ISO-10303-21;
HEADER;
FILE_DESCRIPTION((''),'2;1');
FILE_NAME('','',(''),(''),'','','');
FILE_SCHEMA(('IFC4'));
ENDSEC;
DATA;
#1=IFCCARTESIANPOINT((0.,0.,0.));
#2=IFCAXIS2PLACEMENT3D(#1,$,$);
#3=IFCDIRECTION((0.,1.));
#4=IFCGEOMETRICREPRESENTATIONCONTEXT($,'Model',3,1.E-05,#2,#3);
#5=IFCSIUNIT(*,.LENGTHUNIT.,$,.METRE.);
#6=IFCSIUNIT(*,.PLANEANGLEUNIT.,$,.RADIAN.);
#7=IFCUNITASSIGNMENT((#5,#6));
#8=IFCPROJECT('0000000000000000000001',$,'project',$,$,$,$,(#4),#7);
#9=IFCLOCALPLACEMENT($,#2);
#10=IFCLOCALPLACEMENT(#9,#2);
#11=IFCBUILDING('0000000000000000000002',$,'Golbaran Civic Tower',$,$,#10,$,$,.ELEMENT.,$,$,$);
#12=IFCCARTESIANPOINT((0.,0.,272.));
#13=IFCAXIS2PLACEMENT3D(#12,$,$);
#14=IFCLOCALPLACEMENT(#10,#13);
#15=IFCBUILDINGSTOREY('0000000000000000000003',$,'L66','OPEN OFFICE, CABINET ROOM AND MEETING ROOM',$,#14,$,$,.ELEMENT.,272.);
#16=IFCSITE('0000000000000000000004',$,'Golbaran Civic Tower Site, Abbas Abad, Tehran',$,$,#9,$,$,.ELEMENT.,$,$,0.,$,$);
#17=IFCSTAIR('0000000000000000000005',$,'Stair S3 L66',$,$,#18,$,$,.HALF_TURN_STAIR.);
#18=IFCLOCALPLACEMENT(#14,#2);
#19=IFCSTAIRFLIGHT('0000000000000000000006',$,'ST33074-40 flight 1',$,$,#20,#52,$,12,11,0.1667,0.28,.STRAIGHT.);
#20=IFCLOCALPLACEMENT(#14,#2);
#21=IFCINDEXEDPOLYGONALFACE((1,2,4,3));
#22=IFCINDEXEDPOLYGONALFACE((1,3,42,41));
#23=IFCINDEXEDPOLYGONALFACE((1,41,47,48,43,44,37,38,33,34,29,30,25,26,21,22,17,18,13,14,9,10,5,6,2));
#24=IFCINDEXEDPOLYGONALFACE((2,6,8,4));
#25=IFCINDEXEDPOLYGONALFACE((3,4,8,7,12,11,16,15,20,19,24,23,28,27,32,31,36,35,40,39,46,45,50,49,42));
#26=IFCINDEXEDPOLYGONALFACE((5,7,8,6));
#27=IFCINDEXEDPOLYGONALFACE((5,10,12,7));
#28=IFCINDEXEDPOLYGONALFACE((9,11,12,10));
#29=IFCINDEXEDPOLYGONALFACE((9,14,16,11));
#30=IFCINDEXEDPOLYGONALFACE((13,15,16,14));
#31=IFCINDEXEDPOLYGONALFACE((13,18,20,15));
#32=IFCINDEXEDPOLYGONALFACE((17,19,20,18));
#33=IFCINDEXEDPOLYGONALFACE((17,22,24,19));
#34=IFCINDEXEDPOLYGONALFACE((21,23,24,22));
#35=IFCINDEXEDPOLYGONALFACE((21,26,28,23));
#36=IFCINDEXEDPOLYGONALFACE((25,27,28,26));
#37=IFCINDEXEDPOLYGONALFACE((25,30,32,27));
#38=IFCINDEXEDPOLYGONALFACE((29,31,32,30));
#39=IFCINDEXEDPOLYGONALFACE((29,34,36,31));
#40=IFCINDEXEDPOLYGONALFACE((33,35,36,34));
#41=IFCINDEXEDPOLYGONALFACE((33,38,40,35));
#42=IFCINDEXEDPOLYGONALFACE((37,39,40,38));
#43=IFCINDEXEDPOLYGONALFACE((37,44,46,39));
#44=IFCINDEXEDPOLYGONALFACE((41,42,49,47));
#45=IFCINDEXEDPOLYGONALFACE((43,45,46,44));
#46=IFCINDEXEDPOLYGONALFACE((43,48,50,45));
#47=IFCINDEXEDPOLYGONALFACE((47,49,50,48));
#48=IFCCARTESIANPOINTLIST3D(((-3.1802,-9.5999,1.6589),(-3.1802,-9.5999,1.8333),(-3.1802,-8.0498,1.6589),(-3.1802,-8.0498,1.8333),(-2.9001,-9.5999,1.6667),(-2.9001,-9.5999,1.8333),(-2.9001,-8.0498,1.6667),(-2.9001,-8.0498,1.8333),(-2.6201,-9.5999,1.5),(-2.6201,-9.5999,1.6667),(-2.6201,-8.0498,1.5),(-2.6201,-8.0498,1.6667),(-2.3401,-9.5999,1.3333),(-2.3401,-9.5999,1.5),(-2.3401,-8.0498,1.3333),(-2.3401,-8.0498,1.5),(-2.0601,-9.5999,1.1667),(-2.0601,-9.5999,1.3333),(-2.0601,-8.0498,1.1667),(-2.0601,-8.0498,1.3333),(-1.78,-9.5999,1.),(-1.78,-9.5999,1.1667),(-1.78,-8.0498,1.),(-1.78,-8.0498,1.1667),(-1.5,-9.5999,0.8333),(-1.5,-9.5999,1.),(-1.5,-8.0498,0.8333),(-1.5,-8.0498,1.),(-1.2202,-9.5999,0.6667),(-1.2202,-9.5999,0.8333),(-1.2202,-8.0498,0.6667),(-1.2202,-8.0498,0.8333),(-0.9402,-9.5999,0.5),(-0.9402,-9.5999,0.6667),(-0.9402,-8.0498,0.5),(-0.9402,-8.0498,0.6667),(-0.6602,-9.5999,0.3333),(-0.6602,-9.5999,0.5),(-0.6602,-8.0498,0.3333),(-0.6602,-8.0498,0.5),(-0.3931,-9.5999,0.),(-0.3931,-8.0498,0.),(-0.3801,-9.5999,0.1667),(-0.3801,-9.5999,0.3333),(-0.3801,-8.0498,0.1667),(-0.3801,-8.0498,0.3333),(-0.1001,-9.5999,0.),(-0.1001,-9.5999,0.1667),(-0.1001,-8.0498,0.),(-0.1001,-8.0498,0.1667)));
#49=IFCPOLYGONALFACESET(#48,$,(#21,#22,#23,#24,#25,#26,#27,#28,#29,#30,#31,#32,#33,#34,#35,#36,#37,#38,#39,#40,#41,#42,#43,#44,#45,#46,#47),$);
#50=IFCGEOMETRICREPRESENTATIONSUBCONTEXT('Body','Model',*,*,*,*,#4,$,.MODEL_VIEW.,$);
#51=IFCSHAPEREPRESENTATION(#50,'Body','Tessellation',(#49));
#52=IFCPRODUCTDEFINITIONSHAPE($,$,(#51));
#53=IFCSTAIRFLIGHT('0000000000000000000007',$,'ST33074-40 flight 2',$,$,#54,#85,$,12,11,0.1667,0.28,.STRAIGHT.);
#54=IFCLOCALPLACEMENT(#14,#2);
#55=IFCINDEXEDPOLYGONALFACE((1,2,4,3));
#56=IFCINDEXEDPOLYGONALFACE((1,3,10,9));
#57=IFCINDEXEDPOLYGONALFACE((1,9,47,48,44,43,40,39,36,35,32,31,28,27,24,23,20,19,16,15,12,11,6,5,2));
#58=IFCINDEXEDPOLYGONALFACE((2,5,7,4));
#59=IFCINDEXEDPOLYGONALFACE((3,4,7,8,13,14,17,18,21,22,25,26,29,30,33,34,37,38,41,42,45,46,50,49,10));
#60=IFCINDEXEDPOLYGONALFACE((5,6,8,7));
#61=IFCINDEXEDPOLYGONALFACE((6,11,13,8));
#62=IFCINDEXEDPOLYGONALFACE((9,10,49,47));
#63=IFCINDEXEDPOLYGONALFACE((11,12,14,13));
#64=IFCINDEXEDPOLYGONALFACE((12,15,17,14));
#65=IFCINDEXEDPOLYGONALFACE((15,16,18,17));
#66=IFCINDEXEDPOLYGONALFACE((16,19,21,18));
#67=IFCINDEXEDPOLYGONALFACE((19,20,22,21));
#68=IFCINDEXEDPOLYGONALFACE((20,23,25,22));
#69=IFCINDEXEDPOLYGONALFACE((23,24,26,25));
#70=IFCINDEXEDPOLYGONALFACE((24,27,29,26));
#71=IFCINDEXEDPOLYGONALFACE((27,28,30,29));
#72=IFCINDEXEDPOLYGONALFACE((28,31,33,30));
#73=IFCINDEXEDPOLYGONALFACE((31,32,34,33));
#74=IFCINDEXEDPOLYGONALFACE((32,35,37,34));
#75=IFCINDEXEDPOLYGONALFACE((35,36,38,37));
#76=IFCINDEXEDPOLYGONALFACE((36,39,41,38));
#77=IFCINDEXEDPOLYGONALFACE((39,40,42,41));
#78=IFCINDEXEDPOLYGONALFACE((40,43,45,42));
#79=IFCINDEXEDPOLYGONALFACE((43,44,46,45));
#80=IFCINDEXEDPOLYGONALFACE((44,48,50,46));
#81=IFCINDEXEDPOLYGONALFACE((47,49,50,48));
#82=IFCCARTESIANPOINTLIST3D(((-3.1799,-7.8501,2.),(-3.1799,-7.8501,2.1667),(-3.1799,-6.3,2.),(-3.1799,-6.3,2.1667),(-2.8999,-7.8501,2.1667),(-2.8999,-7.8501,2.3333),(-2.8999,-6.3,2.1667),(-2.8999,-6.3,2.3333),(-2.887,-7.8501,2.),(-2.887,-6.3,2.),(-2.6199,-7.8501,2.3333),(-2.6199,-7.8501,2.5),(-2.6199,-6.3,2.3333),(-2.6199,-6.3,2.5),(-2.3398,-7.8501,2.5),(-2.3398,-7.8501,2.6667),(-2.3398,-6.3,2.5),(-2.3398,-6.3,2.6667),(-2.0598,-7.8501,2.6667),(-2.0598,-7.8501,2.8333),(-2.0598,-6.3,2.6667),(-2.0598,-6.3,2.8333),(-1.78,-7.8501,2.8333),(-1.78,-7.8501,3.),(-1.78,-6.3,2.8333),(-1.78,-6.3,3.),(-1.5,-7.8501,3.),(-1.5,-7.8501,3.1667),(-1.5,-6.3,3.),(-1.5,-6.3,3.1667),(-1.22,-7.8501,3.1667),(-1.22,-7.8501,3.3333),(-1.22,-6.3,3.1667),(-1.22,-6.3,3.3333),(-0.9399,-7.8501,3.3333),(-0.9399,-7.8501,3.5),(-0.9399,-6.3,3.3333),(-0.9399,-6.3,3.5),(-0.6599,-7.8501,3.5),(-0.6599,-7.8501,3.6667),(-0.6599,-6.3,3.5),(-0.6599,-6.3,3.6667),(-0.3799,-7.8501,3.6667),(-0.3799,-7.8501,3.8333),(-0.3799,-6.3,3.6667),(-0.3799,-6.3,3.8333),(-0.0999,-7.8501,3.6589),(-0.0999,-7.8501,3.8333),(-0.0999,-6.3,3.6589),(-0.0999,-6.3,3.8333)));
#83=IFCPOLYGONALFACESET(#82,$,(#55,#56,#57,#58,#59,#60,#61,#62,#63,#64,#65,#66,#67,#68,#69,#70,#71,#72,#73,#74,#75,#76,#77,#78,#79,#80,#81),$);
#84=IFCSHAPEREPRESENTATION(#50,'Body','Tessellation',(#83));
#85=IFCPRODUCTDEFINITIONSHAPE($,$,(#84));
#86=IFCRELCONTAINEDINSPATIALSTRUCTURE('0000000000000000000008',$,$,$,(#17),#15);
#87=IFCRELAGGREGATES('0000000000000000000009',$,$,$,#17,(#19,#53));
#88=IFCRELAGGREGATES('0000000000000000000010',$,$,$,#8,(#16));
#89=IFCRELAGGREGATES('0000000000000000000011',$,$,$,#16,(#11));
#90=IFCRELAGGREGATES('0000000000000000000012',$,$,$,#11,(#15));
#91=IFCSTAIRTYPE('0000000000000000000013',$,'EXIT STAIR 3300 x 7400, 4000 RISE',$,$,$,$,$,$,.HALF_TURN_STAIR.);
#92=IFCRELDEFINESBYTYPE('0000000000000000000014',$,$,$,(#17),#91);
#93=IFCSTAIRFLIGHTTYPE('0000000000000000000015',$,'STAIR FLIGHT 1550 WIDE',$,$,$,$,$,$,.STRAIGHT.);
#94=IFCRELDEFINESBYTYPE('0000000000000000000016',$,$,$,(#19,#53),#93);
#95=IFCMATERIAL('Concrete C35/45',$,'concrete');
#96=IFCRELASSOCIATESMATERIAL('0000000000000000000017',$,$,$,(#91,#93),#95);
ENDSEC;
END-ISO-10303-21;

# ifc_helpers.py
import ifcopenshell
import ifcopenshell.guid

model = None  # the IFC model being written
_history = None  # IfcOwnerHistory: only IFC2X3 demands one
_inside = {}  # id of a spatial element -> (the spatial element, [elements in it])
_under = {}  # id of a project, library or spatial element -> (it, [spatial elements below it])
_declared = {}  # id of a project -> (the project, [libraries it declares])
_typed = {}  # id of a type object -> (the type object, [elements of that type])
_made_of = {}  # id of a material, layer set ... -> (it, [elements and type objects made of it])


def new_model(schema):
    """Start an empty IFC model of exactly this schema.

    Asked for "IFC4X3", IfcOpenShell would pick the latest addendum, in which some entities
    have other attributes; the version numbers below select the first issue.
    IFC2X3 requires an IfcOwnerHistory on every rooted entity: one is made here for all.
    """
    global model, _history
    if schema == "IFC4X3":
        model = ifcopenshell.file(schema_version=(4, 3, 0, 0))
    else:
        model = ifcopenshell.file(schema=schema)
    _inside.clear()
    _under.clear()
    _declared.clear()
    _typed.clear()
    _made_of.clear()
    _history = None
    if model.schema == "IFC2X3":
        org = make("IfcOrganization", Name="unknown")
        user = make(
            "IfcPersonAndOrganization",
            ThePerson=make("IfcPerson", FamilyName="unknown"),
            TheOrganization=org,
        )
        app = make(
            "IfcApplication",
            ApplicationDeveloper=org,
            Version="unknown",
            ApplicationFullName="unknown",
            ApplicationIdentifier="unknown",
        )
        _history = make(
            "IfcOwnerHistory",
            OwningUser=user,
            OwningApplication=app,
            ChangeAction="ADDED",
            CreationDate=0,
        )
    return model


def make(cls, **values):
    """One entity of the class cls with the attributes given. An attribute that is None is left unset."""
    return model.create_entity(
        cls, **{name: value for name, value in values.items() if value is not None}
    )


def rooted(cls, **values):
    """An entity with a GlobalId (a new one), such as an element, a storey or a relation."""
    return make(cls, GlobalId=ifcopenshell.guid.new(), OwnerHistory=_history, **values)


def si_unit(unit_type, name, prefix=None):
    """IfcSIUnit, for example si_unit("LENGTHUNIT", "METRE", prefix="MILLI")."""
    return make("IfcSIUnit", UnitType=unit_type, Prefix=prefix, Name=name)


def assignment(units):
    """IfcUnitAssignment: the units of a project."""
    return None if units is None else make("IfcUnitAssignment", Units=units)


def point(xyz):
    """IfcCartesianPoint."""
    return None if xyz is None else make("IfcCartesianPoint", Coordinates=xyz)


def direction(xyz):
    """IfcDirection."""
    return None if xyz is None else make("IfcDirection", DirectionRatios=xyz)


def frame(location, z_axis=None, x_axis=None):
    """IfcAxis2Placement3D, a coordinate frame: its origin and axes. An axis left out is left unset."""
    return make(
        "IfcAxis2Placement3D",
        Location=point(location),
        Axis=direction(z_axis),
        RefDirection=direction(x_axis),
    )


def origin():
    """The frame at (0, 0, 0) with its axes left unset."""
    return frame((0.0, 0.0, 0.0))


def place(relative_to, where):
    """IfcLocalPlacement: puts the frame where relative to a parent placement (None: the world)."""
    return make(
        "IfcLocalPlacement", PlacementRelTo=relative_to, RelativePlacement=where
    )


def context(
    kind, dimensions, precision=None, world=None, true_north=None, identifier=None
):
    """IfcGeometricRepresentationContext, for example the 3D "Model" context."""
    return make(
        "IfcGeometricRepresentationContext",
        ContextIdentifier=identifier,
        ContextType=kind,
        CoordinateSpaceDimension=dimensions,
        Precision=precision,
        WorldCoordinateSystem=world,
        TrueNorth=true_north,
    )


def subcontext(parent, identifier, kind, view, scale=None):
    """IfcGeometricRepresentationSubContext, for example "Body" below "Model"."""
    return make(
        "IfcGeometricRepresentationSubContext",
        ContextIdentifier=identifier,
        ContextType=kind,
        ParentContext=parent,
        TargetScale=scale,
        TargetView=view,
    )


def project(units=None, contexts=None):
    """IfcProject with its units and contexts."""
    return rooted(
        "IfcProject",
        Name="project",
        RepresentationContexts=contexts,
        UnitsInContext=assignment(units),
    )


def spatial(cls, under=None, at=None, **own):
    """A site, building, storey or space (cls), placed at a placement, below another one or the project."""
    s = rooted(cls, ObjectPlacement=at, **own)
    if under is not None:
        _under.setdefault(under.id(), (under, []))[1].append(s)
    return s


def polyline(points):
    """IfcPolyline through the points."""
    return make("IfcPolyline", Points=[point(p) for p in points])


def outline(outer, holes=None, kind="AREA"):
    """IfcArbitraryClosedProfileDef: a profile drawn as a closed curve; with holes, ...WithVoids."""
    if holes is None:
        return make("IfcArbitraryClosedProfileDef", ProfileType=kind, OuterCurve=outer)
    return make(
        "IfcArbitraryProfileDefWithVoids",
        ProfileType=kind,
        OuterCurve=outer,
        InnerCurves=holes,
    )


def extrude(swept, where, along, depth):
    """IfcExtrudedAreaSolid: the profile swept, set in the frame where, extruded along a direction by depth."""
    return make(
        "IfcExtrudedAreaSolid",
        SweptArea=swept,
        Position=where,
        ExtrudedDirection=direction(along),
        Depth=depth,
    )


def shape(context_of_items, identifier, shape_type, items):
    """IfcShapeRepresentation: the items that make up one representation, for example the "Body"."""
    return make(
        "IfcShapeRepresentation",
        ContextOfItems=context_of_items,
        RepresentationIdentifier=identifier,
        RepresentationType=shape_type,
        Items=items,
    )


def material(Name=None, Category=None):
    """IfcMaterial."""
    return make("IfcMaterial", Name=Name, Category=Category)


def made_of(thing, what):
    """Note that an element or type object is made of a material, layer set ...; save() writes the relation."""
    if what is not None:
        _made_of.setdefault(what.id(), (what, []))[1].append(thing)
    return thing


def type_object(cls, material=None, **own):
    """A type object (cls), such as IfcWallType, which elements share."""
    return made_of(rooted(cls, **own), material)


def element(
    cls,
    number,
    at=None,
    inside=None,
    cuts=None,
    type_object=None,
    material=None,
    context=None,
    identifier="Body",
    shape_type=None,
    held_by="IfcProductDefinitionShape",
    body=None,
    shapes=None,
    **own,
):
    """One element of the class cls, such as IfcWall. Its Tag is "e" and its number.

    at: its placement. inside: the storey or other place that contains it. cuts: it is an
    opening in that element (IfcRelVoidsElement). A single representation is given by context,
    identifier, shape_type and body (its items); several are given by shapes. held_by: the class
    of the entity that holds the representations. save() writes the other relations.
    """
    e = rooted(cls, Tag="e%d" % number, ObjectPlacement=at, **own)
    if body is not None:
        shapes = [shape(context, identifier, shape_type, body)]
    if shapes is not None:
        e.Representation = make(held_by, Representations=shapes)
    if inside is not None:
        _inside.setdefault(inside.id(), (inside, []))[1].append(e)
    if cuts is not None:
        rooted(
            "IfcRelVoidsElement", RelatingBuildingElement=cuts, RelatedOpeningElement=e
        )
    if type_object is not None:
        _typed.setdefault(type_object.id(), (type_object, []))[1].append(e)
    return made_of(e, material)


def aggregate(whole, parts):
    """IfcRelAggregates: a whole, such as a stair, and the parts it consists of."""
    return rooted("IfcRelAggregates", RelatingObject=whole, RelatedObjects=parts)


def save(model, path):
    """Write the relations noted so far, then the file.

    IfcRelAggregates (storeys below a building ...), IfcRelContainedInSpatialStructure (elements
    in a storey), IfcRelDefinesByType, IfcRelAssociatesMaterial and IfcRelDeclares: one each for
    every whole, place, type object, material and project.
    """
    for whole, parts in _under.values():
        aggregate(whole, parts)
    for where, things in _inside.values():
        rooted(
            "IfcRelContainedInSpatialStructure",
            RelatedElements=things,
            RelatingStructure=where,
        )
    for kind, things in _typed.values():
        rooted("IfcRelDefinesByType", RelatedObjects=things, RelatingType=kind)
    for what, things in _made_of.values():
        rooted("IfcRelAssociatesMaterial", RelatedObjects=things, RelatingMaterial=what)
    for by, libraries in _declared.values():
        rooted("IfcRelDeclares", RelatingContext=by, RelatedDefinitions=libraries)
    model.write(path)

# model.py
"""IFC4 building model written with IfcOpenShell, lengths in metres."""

from ifc_helpers import new_model, si_unit, direction, frame, origin, place, context, subcontext, project, spatial, polyline, outline, extrude, material, type_object, element, aggregate, save


model = new_model("IFC4")

# Units and contexts
model_context = context("Model", 3, precision=1e-05, world=origin(), true_north=direction((0.0, 1.0)))
body_context = subcontext(model_context, "Body", "Model", "MODEL_VIEW")
ifc_project = project(units=[si_unit("LENGTHUNIT", "METRE"), si_unit("PLANEANGLEUNIT", "RADIAN")], contexts=[model_context])

# Site, building, storey
site_placement = place(None, origin())
site = spatial("IfcSite", under=ifc_project, at=site_placement, Name="Golbaran Civic Tower Site, Abbas Abad, Tehran", CompositionType="ELEMENT", RefElevation=0.0)
building_placement = place(site_placement, origin())
building = spatial("IfcBuilding", under=site, at=building_placement, Name="Golbaran Civic Tower", CompositionType="ELEMENT")
storey_placement = place(building_placement, frame((0.0, 0.0, 272.0)))
storey = spatial("IfcBuildingStorey", under=building, at=storey_placement, Name="L66", Description="OPEN OFFICE, CABINET ROOM AND MEETING ROOM", CompositionType="ELEMENT", Elevation=272.0)

# Stair, stair flights
ifc_material_1 = material(Name="Concrete C35/45", Category="concrete")
stair_type = type_object("IfcStairType", Name="EXIT STAIR 3300 x 7400, 4000 RISE", PredefinedType="HALF_TURN_STAIR", material=ifc_material_1)
stair_placement = place(storey_placement, origin())
stair = element("IfcStair", 1, at=stair_placement, inside=storey, type_object=stair_type, Name="Stair S3 L66", PredefinedType="HALF_TURN_STAIR")
stair_flight_type = type_object("IfcStairFlightType", Name="STAIR FLIGHT 1550 WIDE", PredefinedType="STRAIGHT", material=ifc_material_1)
stair_flight_1_placement = place(storey_placement, frame((-0.1001, -8.825, 0.0), z_axis=(0.0, 0.0, 1.0), x_axis=(-1.0, 0.0, 0.0)))
stair_flight_1 = element("IfcStairFlight", 2, at=stair_flight_1_placement, type_object=stair_flight_type, Name="ST33074-40 flight 1", NumberOfRisers=12, NumberOfTreads=11, PredefinedType="STRAIGHT", RiserHeight=0.1667, TreadLength=0.28, context=body_context, shape_type="SweptSolid", body=[
    extrude(outline(polyline([(0.0, 0.0), (0.0, 0.1667), (0.28, 0.1667), (0.28, 0.3333), (0.5601, 0.3333), (0.5601, 0.5), (0.8401, 0.5), (0.8401, 0.6667), (1.1201, 0.6667), (1.1201, 0.8333), (1.3999, 0.8333), (1.3999, 1.0), (1.6799, 1.0), (1.6799, 1.1667), (1.96, 1.1667), (1.96, 1.3333), (2.24, 1.3333), (2.24, 1.5), (2.52, 1.5), (2.52, 1.6667), (2.8, 1.6667), (2.8, 1.8333), (3.0801, 1.8333), (3.0801, 2.0), (3.0801, 1.6589), (0.293, 0.0), (0.0, 0.0)])), frame((0.0, 0.7749, 0.0), z_axis=(0.0, -1.0, 0.0), x_axis=(1.0, 0.0, 0.0)), (0.0, 0.0, 1.0), 1.55),
])
stair_flight_2_placement = place(storey_placement, frame((-3.1799, -7.075, 2.0), z_axis=(0.0, 0.0, 1.0), x_axis=(1.0, 0.0, 0.0)))
stair_flight_2 = element("IfcStairFlight", 3, at=stair_flight_2_placement, type_object=stair_flight_type, Name="ST33074-40 flight 2", NumberOfRisers=12, NumberOfTreads=11, PredefinedType="STRAIGHT", RiserHeight=0.1667, TreadLength=0.28, context=body_context, shape_type="SweptSolid", body=[
    extrude(outline(polyline([(0.0, 0.0), (0.0, 0.1667), (0.28, 0.1667), (0.28, 0.3333), (0.5601, 0.3333), (0.5601, 0.5), (0.8401, 0.5), (0.8401, 0.6667), (1.1201, 0.6667), (1.1201, 0.8333), (1.3999, 0.8333), (1.3999, 1.0), (1.6799, 1.0), (1.6799, 1.1667), (1.96, 1.1667), (1.96, 1.3333), (2.24, 1.3333), (2.24, 1.5), (2.52, 1.5), (2.52, 1.6667), (2.8, 1.6667), (2.8, 1.8333), (3.0801, 1.8333), (3.0801, 2.0), (3.0801, 1.6589), (0.293, 0.0), (0.0, 0.0)])), frame((0.0, 0.7749, 0.0), z_axis=(0.0, -1.0, 0.0), x_axis=(1.0, 0.0, 0.0)), (0.0, 0.0, 1.0), 1.55),
])
aggregate(stair, [stair_flight_1, stair_flight_2])

save(model, "model.ifc")
